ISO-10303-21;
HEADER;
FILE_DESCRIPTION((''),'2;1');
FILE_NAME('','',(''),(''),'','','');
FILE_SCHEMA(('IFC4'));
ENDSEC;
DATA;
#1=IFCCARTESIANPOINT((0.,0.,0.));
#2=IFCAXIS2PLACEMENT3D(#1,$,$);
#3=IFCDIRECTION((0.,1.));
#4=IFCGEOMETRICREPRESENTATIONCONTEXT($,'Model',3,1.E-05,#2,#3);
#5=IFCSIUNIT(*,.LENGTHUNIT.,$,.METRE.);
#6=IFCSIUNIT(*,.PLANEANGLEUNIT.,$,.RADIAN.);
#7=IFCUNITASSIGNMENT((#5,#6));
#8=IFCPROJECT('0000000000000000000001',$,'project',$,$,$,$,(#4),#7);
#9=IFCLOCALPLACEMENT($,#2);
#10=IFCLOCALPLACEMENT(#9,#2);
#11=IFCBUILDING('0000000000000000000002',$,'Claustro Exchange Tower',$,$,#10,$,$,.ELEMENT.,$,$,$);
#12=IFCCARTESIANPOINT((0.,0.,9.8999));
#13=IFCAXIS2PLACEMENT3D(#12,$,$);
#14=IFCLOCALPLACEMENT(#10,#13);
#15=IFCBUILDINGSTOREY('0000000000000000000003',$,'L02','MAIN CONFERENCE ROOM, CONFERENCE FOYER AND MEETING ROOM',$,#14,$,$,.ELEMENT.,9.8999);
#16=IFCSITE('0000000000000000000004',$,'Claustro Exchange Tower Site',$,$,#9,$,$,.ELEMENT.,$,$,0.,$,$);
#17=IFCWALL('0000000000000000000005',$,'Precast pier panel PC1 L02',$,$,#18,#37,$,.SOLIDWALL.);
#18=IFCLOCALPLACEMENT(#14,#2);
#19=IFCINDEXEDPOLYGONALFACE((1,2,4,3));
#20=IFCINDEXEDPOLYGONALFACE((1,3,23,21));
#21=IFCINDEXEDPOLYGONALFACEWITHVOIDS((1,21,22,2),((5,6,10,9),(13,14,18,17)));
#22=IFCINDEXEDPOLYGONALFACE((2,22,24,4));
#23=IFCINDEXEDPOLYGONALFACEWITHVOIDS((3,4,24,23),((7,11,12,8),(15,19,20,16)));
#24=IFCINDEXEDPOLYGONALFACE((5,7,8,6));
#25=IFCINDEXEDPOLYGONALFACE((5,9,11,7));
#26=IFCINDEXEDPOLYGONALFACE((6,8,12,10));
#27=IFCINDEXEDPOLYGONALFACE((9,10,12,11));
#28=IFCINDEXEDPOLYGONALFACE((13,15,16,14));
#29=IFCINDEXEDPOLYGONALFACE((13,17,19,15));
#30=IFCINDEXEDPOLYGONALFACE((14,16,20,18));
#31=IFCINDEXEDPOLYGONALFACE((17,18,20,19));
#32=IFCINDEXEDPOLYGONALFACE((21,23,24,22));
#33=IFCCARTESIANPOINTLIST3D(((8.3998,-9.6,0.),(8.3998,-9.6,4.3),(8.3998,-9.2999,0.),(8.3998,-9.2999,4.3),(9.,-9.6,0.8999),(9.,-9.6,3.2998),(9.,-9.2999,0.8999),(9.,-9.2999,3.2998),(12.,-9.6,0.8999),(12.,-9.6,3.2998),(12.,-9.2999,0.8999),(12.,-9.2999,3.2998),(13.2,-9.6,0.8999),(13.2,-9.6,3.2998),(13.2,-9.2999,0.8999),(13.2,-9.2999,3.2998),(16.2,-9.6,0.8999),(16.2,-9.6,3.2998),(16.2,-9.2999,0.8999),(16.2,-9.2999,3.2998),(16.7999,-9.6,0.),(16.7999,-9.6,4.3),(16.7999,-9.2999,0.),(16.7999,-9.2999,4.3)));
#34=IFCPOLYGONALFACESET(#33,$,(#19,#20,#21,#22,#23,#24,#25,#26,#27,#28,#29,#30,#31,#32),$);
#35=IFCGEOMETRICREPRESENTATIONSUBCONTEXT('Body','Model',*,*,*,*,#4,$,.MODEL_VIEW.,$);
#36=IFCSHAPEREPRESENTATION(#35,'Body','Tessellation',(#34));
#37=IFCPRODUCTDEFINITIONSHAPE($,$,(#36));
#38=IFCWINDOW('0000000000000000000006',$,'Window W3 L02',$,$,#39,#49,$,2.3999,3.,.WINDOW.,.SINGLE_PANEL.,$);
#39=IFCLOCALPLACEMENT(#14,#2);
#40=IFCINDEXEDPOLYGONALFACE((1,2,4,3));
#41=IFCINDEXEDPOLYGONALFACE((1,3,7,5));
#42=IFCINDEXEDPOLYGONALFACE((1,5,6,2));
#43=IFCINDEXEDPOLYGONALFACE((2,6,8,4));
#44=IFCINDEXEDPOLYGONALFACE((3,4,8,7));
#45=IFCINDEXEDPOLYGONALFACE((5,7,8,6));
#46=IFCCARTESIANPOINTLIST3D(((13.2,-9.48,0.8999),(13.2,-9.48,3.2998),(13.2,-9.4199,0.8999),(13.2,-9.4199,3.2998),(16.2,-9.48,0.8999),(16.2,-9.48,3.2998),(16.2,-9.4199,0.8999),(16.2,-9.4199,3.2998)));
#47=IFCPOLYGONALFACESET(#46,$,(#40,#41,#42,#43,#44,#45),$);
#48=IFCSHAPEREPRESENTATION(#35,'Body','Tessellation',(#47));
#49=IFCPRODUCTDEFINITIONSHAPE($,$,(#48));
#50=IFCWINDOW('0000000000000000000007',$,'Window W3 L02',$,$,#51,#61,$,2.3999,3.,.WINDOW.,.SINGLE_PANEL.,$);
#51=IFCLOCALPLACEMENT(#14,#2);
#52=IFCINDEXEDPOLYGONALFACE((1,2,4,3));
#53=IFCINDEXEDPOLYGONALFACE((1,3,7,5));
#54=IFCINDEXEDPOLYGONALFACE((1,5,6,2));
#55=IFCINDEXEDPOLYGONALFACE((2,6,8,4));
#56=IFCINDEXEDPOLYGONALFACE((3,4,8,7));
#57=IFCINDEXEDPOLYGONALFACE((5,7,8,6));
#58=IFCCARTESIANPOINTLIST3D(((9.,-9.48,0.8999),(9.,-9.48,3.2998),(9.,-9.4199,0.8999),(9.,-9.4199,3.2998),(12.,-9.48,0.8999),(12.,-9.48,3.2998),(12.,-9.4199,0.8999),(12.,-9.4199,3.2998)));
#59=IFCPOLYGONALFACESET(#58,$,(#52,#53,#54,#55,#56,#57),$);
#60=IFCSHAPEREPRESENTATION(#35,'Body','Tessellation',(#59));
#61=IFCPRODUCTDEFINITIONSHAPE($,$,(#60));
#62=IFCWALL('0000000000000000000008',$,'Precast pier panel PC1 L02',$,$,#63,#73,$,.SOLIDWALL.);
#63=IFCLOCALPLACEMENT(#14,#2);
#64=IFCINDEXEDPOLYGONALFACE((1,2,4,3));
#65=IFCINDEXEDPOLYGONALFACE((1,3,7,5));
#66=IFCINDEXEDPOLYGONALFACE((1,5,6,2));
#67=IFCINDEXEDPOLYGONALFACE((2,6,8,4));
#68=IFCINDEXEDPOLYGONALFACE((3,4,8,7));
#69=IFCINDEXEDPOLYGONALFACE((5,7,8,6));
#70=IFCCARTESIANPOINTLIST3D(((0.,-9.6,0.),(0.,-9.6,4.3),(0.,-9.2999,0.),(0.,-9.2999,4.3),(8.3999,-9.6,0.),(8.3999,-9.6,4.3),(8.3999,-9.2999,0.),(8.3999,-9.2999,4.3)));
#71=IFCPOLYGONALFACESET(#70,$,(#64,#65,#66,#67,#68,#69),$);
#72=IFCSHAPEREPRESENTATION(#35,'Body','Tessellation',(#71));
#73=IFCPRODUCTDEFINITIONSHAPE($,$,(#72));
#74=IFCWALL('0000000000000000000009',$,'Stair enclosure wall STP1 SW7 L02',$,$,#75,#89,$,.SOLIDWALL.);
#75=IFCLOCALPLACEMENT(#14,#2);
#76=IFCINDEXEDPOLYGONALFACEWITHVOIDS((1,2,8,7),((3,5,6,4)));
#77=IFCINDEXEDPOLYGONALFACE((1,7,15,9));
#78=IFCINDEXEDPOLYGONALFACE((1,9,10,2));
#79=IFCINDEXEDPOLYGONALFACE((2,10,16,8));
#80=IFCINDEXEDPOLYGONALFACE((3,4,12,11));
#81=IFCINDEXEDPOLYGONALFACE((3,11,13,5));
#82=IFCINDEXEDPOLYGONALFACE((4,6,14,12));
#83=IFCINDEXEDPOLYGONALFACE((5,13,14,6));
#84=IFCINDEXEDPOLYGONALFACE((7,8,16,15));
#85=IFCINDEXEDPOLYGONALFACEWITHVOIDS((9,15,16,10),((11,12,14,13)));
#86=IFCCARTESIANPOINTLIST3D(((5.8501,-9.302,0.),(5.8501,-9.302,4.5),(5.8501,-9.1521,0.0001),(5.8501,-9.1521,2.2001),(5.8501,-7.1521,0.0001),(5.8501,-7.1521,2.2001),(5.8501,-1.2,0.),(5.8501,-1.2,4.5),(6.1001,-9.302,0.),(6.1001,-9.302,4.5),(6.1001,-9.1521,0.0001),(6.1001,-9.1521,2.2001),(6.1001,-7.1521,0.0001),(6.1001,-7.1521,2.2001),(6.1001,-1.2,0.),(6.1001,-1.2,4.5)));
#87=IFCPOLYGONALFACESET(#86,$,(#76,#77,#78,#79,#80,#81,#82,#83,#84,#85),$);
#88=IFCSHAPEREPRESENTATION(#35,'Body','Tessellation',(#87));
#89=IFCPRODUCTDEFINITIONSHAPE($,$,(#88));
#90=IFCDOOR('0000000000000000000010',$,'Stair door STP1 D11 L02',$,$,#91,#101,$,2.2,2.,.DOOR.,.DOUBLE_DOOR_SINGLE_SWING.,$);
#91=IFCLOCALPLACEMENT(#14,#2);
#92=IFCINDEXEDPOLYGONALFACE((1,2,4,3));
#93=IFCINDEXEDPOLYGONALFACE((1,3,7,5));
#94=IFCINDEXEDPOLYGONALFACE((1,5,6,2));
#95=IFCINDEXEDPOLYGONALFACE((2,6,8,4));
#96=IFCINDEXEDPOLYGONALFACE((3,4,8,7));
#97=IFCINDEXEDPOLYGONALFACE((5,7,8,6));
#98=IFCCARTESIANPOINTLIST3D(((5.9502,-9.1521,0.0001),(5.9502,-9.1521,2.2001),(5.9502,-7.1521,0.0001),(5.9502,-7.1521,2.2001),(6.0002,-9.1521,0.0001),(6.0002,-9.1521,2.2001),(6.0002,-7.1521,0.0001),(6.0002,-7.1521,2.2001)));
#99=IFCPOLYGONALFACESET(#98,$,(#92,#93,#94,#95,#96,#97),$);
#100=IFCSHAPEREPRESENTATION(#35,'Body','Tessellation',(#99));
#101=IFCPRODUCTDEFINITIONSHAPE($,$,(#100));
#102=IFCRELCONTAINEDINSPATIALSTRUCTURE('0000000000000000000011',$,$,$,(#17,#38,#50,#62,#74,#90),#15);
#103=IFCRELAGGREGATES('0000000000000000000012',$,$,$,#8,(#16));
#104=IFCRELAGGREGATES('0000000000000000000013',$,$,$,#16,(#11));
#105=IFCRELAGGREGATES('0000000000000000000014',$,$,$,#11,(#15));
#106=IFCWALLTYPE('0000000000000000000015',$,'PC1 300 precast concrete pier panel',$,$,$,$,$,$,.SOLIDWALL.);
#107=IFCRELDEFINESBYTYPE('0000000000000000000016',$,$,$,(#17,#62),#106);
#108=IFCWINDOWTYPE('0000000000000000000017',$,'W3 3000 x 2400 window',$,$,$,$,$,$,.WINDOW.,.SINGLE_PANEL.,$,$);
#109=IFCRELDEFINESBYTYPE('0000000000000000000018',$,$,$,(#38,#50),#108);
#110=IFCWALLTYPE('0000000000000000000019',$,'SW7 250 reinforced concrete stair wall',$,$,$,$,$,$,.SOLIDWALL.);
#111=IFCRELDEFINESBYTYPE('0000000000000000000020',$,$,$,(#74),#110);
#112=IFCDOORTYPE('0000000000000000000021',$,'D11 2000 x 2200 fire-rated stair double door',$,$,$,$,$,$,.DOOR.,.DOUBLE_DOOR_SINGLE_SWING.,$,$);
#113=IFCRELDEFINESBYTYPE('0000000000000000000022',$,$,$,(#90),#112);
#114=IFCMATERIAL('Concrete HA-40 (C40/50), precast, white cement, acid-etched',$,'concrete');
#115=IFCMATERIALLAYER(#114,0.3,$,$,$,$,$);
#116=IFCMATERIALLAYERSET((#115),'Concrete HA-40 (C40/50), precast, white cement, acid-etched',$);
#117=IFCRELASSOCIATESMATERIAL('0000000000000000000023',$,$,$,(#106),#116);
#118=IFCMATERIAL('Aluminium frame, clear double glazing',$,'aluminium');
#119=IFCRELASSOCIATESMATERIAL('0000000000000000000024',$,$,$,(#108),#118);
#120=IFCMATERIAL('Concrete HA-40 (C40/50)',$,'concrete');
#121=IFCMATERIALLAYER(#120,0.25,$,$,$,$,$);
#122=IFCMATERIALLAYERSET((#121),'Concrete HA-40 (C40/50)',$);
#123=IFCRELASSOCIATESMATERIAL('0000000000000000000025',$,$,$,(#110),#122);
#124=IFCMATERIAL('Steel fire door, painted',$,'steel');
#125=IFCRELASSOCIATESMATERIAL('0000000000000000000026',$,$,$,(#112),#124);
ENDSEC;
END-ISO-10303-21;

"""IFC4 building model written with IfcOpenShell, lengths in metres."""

from ifc_helpers import new_model, si_unit, direction, frame, frame_2d, origin, place, context, subcontext, project, spatial, rectangle, extrude, material, layer, layer_set, type_object, element, fill, save


model = new_model("IFC4")

# Units and contexts
model_context = context("Model", 3, precision=1e-05, world=origin(), true_north=direction((0.0, 1.0)))
body_context = subcontext(model_context, "Body", "Model", "MODEL_VIEW")
ifc_project = project(units=[si_unit("LENGTHUNIT", "METRE"), si_unit("PLANEANGLEUNIT", "RADIAN")], contexts=[model_context])

# Site, building, storey
site_placement = place(None, origin())
site = spatial("IfcSite", under=ifc_project, at=site_placement, Name="Claustro Exchange Tower Site", CompositionType="ELEMENT", RefElevation=0.0)
building_placement = place(site_placement, origin())
building = spatial("IfcBuilding", under=site, at=building_placement, Name="Claustro Exchange Tower", CompositionType="ELEMENT")
storey_placement = place(building_placement, frame((0.0, 0.0, 9.8999)))
storey = spatial("IfcBuildingStorey", under=building, at=storey_placement, Name="L02", Description="MAIN CONFERENCE ROOM, CONFERENCE FOYER AND MEETING ROOM", CompositionType="ELEMENT", Elevation=9.8999)

# Wall, openings, windows
ifc_material_1 = material(Name="Concrete HA-40 (C40/50), precast, white cement, acid-etched", Category="concrete")
ifc_layer_1 = layer(ifc_material_1, 0.3)
ifc_layer_set_1 = layer_set([ifc_layer_1], Name="Concrete HA-40 (C40/50), precast, white cement, acid-etched")
wall_type_1 = type_object("IfcWallType", Name="PC1 300 precast concrete pier panel", PredefinedType="SOLIDWALL", material=ifc_layer_set_1)
wall_1_placement = place(storey_placement, frame((16.8, -9.45, 0.0), z_axis=(0.0, 0.0, 1.0), x_axis=(-1.0, 0.0, 0.0)))
wall_1 = element("IfcWall", 1, at=wall_1_placement, inside=storey, type_object=wall_type_1, Name="Precast pier panel PC1 L02", PredefinedType="SOLIDWALL", context=body_context, shape_type="SweptSolid", body=[
    extrude(rectangle(XDim=8.4001, YDim=0.3, at=frame_2d((4.2002, 0.0))), origin(), (0.0, 0.0, 1.0), 4.3),
])
opening_1_placement = place(wall_1_placement, frame((0.6001, 0.0, 0.8999)))
opening_1 = element("IfcOpeningElement", 2, at=opening_1_placement, cuts=wall_1, PredefinedType="OPENING", context=body_context, shape_type="SweptSolid", body=[
    extrude(rectangle(XDim=3.0, YDim=2.3999, at=frame_2d((1.5, 1.2))), frame((0.0, 0.1599, 0.0), z_axis=(0.0, -1.0, 0.0), x_axis=(1.0, 0.0, 0.0)), (0.0, 0.0, 1.0), 0.3201),
])
opening_2_placement = place(wall_1_placement, frame((4.8, 0.0, 0.8999)))
opening_2 = element("IfcOpeningElement", 3, at=opening_2_placement, cuts=wall_1, PredefinedType="OPENING", context=body_context, shape_type="SweptSolid", body=[
    extrude(rectangle(XDim=3.0, YDim=2.3999, at=frame_2d((1.5, 1.2))), frame((0.0, 0.1599, 0.0), z_axis=(0.0, -1.0, 0.0), x_axis=(1.0, 0.0, 0.0)), (0.0, 0.0, 1.0), 0.3201),
])
ifc_material_2 = material(Name="Aluminium frame, clear double glazing", Category="aluminium")
window_type = type_object("IfcWindowType", Name="W3 3000 x 2400 window", PartitioningType="SINGLE_PANEL", PredefinedType="WINDOW", material=ifc_material_2)
window_1_placement = place(opening_1_placement, origin())
window_1 = element("IfcWindow", 4, at=window_1_placement, inside=storey, type_object=window_type, Name="Window W3 L02", OverallHeight=2.3999, OverallWidth=3.0, PartitioningType="SINGLE_PANEL", PredefinedType="WINDOW", context=body_context, shape_type="SweptSolid", body=[
    extrude(rectangle(XDim=3.0, YDim=2.3999, at=frame_2d((1.5, 1.2))), frame((0.0, 0.03, 0.0), z_axis=(0.0, -1.0, 0.0), x_axis=(1.0, 0.0, 0.0)), (0.0, 0.0, 1.0), 0.0601),
])
fill(opening_1, window_1)
window_2_placement = place(opening_2_placement, origin())
window_2 = element("IfcWindow", 5, at=window_2_placement, inside=storey, type_object=window_type, Name="Window W3 L02", OverallHeight=2.3999, OverallWidth=3.0, PartitioningType="SINGLE_PANEL", PredefinedType="WINDOW", context=body_context, shape_type="SweptSolid", body=[
    extrude(rectangle(XDim=3.0, YDim=2.3999, at=frame_2d((1.5, 1.2))), frame((0.0, 0.03, 0.0), z_axis=(0.0, -1.0, 0.0), x_axis=(1.0, 0.0, 0.0)), (0.0, 0.0, 1.0), 0.0601),
])
fill(opening_2, window_2)

# Wall
wall_2_placement = place(storey_placement, frame((8.3999, -9.45, 0.0), z_axis=(0.0, 0.0, 1.0), x_axis=(-1.0, 0.0, 0.0)))
element("IfcWall", 6, at=wall_2_placement, inside=storey, type_object=wall_type_1, Name="Precast pier panel PC1 L02", PredefinedType="SOLIDWALL", context=body_context, shape_type="SweptSolid", body=[
    extrude(rectangle(XDim=8.3999, YDim=0.3, at=frame_2d((4.2, 0.0))), origin(), (0.0, 0.0, 1.0), 4.3),
])

# Wall, opening, door
ifc_material_3 = material(Name="Concrete HA-40 (C40/50)", Category="concrete")
ifc_layer_2 = layer(ifc_material_3, 0.25)
ifc_layer_set_2 = layer_set([ifc_layer_2], Name="Concrete HA-40 (C40/50)")
wall_type_2 = type_object("IfcWallType", Name="SW7 250 reinforced concrete stair wall", PredefinedType="SOLIDWALL", material=ifc_layer_set_2)
wall_3_placement = place(storey_placement, frame((5.9751, -9.302, 0.0), z_axis=(0.0, 0.0, 1.0), x_axis=(0.0, 1.0, 0.0)))
wall_3 = element("IfcWall", 7, at=wall_3_placement, inside=storey, type_object=wall_type_2, Name="Stair enclosure wall STP1 SW7 L02", PredefinedType="SOLIDWALL", context=body_context, shape_type="SweptSolid", body=[
    extrude(rectangle(XDim=8.1021, YDim=0.25, at=frame_2d((4.051, 0.0))), origin(), (0.0, 0.0, 1.0), 4.5),
])
opening_3_placement = place(wall_3_placement, frame((0.1499, 0.0, 0.0)))
opening_3 = element("IfcOpeningElement", 8, at=opening_3_placement, cuts=wall_3, PredefinedType="OPENING", context=body_context, shape_type="SweptSolid", body=[
    extrude(rectangle(XDim=2.0, YDim=2.2, at=frame_2d((1.0, 1.1001))), frame((0.0, 0.135, 0.0), z_axis=(0.0, -1.0, 0.0), x_axis=(1.0, 0.0, 0.0)), (0.0, 0.0, 1.0), 0.27),
])
ifc_material_4 = material(Name="Steel fire door, painted", Category="steel")
door_type_1 = type_object("IfcDoorType", Name="D11 2000 x 2200 fire-rated stair double door", OperationType="DOUBLE_DOOR_SINGLE_SWING", PredefinedType="DOOR", material=ifc_material_4)
door_1_placement = place(opening_3_placement, origin())
door_1 = element("IfcDoor", 9, at=door_1_placement, inside=storey, type_object=door_type_1, Name="Stair door STP1 D11 L02", OperationType="DOUBLE_DOOR_SINGLE_SWING", OverallHeight=2.2, OverallWidth=2.0, PredefinedType="DOOR", context=body_context, shape_type="SweptSolid", body=[
    extrude(rectangle(XDim=2.0, YDim=2.2, at=frame_2d((1.0, 1.1001))), frame((0.0, 0.0249, 0.0), z_axis=(0.0, -1.0, 0.0), x_axis=(1.0, 0.0, 0.0)), (0.0, 0.0, 1.0), 0.05),
])
fill(opening_3, door_1)

save(model, "model.ifc")
